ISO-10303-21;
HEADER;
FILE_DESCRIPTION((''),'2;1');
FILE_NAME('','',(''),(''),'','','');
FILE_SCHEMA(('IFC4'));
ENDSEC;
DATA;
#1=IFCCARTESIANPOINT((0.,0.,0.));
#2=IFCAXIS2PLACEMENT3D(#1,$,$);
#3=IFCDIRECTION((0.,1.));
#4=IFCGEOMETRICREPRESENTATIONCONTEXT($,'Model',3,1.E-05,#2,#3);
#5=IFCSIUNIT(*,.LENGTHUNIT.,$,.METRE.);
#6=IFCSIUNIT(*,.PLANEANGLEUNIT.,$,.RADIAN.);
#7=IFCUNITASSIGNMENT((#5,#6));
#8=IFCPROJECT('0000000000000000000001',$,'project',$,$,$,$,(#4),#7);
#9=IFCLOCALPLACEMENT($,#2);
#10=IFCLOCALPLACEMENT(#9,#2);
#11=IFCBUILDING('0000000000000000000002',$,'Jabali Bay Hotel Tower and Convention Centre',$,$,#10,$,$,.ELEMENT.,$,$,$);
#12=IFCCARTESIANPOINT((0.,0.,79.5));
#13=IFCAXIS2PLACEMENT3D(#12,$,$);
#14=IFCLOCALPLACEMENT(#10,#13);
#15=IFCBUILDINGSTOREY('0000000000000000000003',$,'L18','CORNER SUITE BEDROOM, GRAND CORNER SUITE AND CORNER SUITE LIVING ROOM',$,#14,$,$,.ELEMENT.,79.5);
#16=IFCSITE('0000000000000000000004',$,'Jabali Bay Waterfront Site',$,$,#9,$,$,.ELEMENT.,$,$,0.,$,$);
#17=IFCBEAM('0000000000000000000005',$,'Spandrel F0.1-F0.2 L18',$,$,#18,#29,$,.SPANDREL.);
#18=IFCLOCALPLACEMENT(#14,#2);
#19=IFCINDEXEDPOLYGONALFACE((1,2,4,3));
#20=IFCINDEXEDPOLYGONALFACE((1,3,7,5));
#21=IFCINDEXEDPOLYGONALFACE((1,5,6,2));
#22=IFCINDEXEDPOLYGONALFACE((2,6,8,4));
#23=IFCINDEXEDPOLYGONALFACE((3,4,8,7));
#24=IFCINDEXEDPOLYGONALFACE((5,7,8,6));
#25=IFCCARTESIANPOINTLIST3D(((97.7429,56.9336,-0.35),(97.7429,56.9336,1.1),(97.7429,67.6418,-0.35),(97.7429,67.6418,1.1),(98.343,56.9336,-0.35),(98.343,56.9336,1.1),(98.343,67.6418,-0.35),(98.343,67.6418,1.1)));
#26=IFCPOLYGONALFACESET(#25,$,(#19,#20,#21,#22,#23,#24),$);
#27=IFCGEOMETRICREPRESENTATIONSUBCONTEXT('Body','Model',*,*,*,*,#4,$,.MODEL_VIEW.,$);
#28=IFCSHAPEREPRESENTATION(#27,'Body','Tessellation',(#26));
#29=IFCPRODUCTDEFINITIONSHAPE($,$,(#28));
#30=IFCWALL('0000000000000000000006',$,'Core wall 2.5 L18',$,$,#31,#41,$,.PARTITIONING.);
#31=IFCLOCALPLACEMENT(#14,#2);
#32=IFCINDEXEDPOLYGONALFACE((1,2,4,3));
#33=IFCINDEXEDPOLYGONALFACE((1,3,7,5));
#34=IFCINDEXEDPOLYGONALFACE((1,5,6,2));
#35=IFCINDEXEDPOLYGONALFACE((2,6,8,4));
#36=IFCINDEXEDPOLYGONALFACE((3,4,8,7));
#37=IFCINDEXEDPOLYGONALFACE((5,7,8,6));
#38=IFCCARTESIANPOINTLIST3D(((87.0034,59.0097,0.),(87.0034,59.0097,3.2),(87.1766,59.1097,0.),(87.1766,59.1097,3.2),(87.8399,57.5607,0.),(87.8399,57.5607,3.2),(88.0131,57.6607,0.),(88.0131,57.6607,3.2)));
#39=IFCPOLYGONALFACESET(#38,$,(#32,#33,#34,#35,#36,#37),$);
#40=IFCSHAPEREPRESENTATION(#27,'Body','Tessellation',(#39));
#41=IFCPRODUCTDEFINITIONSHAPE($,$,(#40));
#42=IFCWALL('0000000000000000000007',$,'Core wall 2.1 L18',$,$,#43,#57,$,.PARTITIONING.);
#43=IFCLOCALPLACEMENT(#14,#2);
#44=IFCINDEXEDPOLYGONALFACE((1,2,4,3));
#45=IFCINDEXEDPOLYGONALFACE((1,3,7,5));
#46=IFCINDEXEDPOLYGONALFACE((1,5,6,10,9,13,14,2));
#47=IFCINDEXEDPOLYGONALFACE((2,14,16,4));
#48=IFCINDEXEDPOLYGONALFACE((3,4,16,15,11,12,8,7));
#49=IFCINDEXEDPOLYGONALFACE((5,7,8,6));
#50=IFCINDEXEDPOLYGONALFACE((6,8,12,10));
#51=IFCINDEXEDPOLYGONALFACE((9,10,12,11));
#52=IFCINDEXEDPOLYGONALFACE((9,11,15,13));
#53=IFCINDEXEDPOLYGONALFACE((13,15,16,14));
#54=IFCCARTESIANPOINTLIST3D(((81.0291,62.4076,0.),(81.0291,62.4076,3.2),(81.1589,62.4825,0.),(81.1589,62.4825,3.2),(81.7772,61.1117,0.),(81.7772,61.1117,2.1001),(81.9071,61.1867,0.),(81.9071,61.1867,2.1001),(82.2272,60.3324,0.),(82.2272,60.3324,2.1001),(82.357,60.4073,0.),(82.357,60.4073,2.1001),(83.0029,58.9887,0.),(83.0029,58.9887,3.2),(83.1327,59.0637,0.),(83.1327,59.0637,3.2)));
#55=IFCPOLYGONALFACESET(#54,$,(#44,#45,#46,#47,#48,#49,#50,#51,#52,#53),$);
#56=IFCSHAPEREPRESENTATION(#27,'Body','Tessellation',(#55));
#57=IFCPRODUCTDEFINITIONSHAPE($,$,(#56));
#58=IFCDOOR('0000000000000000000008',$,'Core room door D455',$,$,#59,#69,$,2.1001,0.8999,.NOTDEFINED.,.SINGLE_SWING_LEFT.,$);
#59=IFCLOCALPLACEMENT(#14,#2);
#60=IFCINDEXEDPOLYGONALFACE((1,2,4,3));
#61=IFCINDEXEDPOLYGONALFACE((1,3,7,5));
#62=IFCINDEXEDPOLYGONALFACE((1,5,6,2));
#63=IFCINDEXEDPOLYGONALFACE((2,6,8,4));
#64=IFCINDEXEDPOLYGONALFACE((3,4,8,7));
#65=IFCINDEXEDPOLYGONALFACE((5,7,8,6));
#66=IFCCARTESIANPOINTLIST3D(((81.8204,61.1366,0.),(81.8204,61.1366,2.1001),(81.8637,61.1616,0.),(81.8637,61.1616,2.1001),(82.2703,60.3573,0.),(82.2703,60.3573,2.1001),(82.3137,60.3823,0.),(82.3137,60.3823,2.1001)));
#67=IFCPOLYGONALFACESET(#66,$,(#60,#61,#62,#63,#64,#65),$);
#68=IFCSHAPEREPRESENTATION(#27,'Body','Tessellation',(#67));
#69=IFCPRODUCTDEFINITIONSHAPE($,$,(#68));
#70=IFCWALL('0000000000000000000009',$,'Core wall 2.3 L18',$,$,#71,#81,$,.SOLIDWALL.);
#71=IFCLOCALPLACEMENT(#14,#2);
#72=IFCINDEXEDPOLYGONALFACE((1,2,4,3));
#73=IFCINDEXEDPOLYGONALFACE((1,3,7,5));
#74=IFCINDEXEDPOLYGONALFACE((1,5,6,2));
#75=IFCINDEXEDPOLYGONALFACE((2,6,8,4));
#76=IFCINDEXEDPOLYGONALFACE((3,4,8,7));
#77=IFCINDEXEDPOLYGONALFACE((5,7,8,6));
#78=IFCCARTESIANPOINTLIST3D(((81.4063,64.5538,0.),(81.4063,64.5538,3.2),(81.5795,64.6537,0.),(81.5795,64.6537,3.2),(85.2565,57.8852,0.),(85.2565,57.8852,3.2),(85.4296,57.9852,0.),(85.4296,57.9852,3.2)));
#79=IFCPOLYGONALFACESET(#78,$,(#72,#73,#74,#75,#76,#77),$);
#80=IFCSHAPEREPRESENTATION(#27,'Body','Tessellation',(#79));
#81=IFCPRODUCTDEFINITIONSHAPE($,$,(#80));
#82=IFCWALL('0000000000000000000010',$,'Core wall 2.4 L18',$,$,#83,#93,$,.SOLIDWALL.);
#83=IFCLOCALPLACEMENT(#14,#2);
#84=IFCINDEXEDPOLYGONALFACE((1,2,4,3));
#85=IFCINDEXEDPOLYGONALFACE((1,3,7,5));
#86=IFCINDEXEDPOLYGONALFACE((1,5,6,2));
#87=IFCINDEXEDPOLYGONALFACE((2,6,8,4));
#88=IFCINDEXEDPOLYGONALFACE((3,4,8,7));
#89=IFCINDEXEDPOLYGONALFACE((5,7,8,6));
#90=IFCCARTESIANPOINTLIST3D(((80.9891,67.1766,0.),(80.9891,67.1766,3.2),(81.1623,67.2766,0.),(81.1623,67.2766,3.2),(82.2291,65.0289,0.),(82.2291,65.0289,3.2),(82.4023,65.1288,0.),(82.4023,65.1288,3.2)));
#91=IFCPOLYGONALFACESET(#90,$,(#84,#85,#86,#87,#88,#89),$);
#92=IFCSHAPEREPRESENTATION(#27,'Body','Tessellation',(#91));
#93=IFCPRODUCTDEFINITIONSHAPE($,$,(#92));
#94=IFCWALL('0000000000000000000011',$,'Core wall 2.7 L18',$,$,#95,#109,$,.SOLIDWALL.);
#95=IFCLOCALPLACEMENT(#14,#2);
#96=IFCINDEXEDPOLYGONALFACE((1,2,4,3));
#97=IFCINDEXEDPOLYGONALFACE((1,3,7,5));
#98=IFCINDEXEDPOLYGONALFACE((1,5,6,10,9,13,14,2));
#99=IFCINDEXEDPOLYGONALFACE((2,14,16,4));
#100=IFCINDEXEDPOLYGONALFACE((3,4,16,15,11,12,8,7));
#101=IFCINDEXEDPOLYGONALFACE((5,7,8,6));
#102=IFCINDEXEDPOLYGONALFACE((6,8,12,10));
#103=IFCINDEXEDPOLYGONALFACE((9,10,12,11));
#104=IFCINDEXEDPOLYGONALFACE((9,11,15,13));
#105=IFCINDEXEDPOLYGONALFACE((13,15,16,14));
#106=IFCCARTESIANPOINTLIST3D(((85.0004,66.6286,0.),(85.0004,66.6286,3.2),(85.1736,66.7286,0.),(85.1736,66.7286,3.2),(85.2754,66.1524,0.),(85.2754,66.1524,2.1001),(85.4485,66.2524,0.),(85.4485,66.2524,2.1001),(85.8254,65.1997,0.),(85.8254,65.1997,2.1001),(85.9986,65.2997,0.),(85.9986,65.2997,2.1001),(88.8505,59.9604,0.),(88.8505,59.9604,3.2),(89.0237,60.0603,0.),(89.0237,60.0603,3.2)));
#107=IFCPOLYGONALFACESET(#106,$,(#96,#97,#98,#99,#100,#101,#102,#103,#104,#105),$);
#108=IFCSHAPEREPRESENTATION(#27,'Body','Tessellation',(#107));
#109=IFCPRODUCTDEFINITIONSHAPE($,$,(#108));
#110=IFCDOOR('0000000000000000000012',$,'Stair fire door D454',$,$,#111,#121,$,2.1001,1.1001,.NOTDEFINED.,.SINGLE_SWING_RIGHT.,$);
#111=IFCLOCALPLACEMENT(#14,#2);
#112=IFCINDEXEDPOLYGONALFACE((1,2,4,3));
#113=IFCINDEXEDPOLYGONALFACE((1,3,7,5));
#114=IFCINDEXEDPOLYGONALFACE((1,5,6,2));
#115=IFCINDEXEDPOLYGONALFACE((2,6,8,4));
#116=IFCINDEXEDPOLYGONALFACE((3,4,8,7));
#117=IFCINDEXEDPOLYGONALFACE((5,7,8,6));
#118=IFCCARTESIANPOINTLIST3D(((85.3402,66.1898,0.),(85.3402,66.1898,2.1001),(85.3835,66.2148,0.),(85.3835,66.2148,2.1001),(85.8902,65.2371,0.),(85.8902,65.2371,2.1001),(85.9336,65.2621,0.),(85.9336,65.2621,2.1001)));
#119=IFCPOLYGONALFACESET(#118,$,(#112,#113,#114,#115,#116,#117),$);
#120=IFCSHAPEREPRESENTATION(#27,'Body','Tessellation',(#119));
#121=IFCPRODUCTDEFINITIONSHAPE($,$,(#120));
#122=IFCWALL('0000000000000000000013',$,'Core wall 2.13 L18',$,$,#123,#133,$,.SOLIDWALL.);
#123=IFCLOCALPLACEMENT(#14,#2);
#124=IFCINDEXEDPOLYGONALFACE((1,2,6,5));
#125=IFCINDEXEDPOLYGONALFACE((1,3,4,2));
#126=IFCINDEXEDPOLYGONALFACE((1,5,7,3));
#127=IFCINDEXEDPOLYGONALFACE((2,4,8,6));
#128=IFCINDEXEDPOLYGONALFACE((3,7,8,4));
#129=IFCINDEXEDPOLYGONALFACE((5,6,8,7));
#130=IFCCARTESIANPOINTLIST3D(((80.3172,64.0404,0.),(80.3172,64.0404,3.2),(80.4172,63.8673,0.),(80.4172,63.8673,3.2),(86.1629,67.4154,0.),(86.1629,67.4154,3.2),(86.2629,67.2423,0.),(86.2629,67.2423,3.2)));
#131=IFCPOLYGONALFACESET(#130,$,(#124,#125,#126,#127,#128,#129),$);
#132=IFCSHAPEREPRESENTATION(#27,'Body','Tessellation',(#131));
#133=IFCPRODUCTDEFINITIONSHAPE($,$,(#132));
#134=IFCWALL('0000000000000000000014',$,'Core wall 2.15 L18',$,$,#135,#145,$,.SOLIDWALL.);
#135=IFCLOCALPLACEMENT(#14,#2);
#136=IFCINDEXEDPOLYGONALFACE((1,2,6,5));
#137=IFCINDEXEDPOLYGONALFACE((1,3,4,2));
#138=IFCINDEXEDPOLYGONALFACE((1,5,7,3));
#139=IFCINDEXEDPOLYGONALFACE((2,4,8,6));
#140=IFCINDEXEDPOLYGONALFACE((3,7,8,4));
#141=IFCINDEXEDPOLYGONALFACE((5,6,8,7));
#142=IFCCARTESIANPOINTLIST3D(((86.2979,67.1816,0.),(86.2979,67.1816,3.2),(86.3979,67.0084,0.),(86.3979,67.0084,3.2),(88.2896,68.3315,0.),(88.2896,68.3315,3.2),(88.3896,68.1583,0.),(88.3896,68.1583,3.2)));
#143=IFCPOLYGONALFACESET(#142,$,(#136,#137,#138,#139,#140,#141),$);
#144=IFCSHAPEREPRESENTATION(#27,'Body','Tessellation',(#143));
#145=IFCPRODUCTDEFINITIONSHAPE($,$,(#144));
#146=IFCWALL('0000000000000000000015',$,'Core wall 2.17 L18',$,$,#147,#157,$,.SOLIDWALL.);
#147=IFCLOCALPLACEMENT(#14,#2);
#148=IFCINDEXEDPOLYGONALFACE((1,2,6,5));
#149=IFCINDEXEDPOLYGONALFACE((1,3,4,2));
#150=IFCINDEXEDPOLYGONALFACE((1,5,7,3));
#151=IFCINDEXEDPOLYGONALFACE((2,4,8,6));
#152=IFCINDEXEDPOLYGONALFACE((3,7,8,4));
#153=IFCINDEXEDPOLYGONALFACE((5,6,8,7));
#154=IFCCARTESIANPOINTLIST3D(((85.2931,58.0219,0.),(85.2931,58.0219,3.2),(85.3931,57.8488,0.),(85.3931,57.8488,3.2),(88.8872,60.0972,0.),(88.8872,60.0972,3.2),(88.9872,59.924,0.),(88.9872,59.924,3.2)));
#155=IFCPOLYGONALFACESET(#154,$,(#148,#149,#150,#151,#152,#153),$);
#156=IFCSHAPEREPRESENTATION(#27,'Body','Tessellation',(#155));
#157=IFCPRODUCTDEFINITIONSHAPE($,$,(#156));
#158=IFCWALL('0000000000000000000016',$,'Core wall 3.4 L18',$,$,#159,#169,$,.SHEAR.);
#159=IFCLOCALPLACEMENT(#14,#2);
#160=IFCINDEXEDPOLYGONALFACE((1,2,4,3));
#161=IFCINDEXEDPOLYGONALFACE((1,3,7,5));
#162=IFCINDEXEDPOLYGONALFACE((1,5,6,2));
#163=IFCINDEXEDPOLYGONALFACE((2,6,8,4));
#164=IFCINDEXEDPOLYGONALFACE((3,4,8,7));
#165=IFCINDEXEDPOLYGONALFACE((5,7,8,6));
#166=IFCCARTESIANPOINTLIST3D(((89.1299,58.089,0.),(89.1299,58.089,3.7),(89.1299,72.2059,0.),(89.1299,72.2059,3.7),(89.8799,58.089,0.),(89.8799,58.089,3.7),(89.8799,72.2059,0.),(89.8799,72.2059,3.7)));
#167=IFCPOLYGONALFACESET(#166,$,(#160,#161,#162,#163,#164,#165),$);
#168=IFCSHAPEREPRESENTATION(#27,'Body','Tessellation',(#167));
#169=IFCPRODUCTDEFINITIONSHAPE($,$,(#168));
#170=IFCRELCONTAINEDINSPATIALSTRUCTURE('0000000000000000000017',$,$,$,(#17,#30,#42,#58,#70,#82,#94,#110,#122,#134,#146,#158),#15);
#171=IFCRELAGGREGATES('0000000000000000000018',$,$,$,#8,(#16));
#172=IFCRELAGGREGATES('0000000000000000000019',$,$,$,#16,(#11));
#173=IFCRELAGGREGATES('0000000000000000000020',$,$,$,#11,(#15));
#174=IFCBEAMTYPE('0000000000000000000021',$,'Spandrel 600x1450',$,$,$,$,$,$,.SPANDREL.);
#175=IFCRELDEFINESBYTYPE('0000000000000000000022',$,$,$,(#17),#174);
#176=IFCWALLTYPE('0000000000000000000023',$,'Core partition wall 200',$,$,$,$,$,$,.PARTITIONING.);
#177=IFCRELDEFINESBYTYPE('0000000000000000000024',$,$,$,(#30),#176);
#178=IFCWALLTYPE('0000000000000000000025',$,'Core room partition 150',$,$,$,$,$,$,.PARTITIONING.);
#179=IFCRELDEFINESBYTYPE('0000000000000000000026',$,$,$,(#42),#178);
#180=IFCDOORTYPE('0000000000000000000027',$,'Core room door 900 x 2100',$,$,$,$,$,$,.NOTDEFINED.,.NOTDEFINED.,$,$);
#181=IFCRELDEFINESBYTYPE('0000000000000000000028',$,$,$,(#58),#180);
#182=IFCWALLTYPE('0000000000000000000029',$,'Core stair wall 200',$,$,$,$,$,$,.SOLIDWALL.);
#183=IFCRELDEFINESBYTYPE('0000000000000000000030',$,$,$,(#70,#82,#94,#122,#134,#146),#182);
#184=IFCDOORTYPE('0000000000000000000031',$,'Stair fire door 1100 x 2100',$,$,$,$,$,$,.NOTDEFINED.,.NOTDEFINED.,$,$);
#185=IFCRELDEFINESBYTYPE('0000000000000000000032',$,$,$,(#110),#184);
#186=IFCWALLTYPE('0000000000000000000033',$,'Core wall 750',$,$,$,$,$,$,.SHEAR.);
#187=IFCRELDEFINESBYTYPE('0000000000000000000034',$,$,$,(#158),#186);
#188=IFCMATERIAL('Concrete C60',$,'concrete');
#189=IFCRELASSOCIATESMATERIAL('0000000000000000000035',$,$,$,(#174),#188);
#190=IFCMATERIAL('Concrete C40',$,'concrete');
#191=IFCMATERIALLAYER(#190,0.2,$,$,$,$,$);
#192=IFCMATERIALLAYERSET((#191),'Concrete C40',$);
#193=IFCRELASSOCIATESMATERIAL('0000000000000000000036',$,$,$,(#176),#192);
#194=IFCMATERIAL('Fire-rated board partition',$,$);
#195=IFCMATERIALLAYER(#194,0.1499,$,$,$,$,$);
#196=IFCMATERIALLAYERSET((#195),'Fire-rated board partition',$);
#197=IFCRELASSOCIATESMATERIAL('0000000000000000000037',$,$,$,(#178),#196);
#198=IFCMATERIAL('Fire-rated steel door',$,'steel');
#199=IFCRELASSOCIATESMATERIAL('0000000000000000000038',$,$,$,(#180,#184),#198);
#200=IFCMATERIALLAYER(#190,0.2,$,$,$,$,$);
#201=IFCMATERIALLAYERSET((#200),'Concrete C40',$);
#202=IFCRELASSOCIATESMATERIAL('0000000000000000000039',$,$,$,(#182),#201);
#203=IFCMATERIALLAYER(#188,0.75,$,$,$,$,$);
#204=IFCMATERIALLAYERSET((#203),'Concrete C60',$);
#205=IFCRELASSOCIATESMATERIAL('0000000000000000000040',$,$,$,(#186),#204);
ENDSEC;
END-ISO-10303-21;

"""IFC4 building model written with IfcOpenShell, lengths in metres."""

from ifc_helpers import new_model, si_unit, direction, frame, frame_2d, origin, origin_2d, place, context, subcontext, project, spatial, rectangle, extrude, material, layer, layer_set, material_profile, profile_set, type_object, element, fill, save


model = new_model("IFC4")

# Units and contexts
model_context = context("Model", 3, precision=1e-05, world=origin(), true_north=direction((0.0, 1.0)))
body_context = subcontext(model_context, "Body", "Model", "MODEL_VIEW")
ifc_project = project(units=[si_unit("LENGTHUNIT", "METRE"), si_unit("PLANEANGLEUNIT", "RADIAN")], contexts=[model_context])

# Site, building, storey
site_placement = place(None, origin())
site = spatial("IfcSite", under=ifc_project, at=site_placement, Name="Jabali Bay Waterfront Site", CompositionType="ELEMENT", RefElevation=0.0)
building_placement = place(site_placement, origin())
building = spatial("IfcBuilding", under=site, at=building_placement, Name="Jabali Bay Hotel Tower and Convention Centre", CompositionType="ELEMENT")
storey_placement = place(building_placement, frame((0.0, 0.0, 79.5)))
storey = spatial("IfcBuildingStorey", under=building, at=storey_placement, Name="L18", Description="CORNER SUITE BEDROOM, GRAND CORNER SUITE AND CORNER SUITE LIVING ROOM", CompositionType="ELEMENT", Elevation=79.5)

# Beam
ifc_material_1 = material(Name="Concrete C60", Category="concrete")
ifc_material_profile = material_profile(ifc_material_1, rectangle(XDim=0.6001, YDim=1.45, at=origin_2d()), Name="Spandrel 600x1450")
ifc_profile_set = profile_set([ifc_material_profile], Name="Concrete C60")
beam_type = type_object("IfcBeamType", Name="Spandrel 600x1450", PredefinedType="SPANDREL", material=ifc_profile_set)
beam_placement = place(storey_placement, frame((98.043, 56.9336, 0.375), z_axis=(0.0, 1.0, 0.0), x_axis=(-1.0, 0.0, 0.0)))
element("IfcBeam", 1, at=beam_placement, inside=storey, type_object=beam_type, Name="Spandrel F0.1-F0.2 L18", PredefinedType="SPANDREL", context=body_context, shape_type="SweptSolid", body=[
    extrude(rectangle(XDim=0.6001, YDim=1.45, at=origin_2d()), origin(), (0.0, 0.0, 1.0), 10.7083),
])

# Wall
ifc_material_2 = material(Name="Concrete C40", Category="concrete")
ifc_layer_1 = layer(ifc_material_2, 0.2)
ifc_layer_set_1 = layer_set([ifc_layer_1], Name="Concrete C40")
wall_type_1 = type_object("IfcWallType", Name="Core partition wall 200", PredefinedType="PARTITIONING", material=ifc_layer_set_1)
wall_1_placement = place(storey_placement, frame((87.0901, 59.0596, 0.0), z_axis=(0.0, 0.0, 1.0), x_axis=(0.499937, -0.866062, 0.0)))
element("IfcWall", 2, at=wall_1_placement, inside=storey, type_object=wall_type_1, Name="Core wall 2.5 L18", PredefinedType="PARTITIONING", context=body_context, shape_type="SweptSolid", body=[
    extrude(rectangle(XDim=1.6731, YDim=0.2, at=frame_2d((0.8364, 0.0))), origin(), (0.0, 0.0, 1.0), 3.2),
])

# Wall, opening, door
ifc_material_3 = material(Name="Fire-rated board partition")
ifc_layer_2 = layer(ifc_material_3, 0.1499)
ifc_layer_set_2 = layer_set([ifc_layer_2], Name="Fire-rated board partition")
wall_type_2 = type_object("IfcWallType", Name="Core room partition 150", PredefinedType="PARTITIONING", material=ifc_layer_set_2)
wall_2_placement = place(storey_placement, frame((81.094, 62.4451, 0.0), z_axis=(0.0, 0.0, 1.0), x_axis=(0.49999, -0.866031, 0.0)))
wall_2 = element("IfcWall", 3, at=wall_2_placement, inside=storey, type_object=wall_type_2, Name="Core wall 2.1 L18", PredefinedType="PARTITIONING", context=body_context, shape_type="SweptSolid", body=[
    extrude(rectangle(XDim=3.9478, YDim=0.1499, at=frame_2d((1.9739, 0.0))), origin(), (0.0, 0.0, 1.0), 3.2),
])
opening_1_placement = place(wall_2_placement, frame((1.4963, 0.0, 0.0)))
opening_1 = element("IfcOpeningElement", 4, at=opening_1_placement, cuts=wall_2, PredefinedType="OPENING", context=body_context, shape_type="SweptSolid", body=[
    extrude(rectangle(XDim=0.8999, YDim=2.1001, at=frame_2d((0.45, 1.05))), frame((0.0, 0.0854, 0.0), z_axis=(0.0, -1.0, 0.0), x_axis=(1.0, 0.0, 0.0)), (0.0, 0.0, 1.0), 0.1709),
])
ifc_material_4 = material(Name="Fire-rated steel door", Category="steel")
door_type_1 = type_object("IfcDoorType", Name="Core room door 900 x 2100", OperationType="NOTDEFINED", PredefinedType="NOTDEFINED", material=ifc_material_4)
door_1_placement = place(opening_1_placement, origin())
door_1 = element("IfcDoor", 5, at=door_1_placement, inside=storey, type_object=door_type_1, Name="Core room door D455", OperationType="SINGLE_SWING_LEFT", OverallHeight=2.1001, OverallWidth=0.8999, PredefinedType="NOTDEFINED", context=body_context, shape_type="SweptSolid", body=[
    extrude(rectangle(XDim=0.8999, YDim=2.1001, at=frame_2d((0.45, 1.05))), frame((0.0, 0.0249, 0.0), z_axis=(0.0, -1.0, 0.0), x_axis=(1.0, 0.0, 0.0)), (0.0, 0.0, 1.0), 0.05),
])
fill(opening_1, door_1)

# Walls
ifc_layer_3 = layer(ifc_material_2, 0.2)
ifc_layer_set_3 = layer_set([ifc_layer_3], Name="Concrete C40")
wall_type_3 = type_object("IfcWallType", Name="Core stair wall 200", PredefinedType="SOLIDWALL", material=ifc_layer_set_3)
wall_3_placement = place(storey_placement, frame((81.4929, 64.6038, 0.0), z_axis=(0.0, 0.0, 1.0), x_axis=(0.500006, -0.866022, 0.0)))
element("IfcWall", 6, at=wall_3_placement, inside=storey, type_object=wall_type_3, Name="Core wall 2.3 L18", PredefinedType="SOLIDWALL", context=body_context, shape_type="SweptSolid", body=[
    extrude(rectangle(XDim=7.7002, YDim=0.2, at=frame_2d((3.8501, 0.0))), origin(), (0.0, 0.0, 1.0), 3.2),
])
wall_4_placement = place(storey_placement, frame((81.0757, 67.2266, 0.0), z_axis=(0.0, 0.0, 1.0), x_axis=(0.500004, -0.866023, 0.0)))
element("IfcWall", 7, at=wall_4_placement, inside=storey, type_object=wall_type_3, Name="Core wall 2.4 L18", PredefinedType="SOLIDWALL", context=body_context, shape_type="SweptSolid", body=[
    extrude(rectangle(XDim=2.48, YDim=0.2, at=frame_2d((1.24, 0.0))), origin(), (0.0, 0.0, 1.0), 3.2),
])

# Wall, opening, door
wall_5_placement = place(storey_placement, frame((85.0869, 66.6787, 0.0), z_axis=(0.0, 0.0, 1.0), x_axis=(0.50002, -0.866014, 0.0)))
wall_5 = element("IfcWall", 8, at=wall_5_placement, inside=storey, type_object=wall_type_3, Name="Core wall 2.7 L18", PredefinedType="SOLIDWALL", context=body_context, shape_type="SweptSolid", body=[
    extrude(rectangle(XDim=7.7, YDim=0.2, at=frame_2d((3.8501, 0.0))), origin(), (0.0, 0.0, 1.0), 3.2),
])
opening_2_placement = place(wall_5_placement, frame((0.55, 0.0, 0.0)))
opening_2 = element("IfcOpeningElement", 9, at=opening_2_placement, cuts=wall_5, PredefinedType="OPENING", context=body_context, shape_type="SweptSolid", body=[
    extrude(rectangle(XDim=1.1001, YDim=2.1001, at=frame_2d((0.55, 1.05))), frame((0.0, 0.1104, 0.0), z_axis=(0.0, -1.0, 0.0), x_axis=(1.0, 0.0, 0.0)), (0.0, 0.0, 1.0), 0.2209),
])
door_type_2 = type_object("IfcDoorType", Name="Stair fire door 1100 x 2100", OperationType="NOTDEFINED", PredefinedType="NOTDEFINED", material=ifc_material_4)
door_2_placement = place(opening_2_placement, origin())
door_2 = element("IfcDoor", 10, at=door_2_placement, inside=storey, type_object=door_type_2, Name="Stair fire door D454", OperationType="SINGLE_SWING_RIGHT", OverallHeight=2.1001, OverallWidth=1.1001, PredefinedType="NOTDEFINED", context=body_context, shape_type="SweptSolid", body=[
    extrude(rectangle(XDim=1.1001, YDim=2.1001, at=frame_2d((0.55, 1.05))), frame((0.0, 0.0249, 0.0), z_axis=(0.0, -1.0, 0.0), x_axis=(1.0, 0.0, 0.0)), (0.0, 0.0, 1.0), 0.05),
])
fill(opening_2, door_2)

# Walls
wall_6_placement = place(storey_placement, frame((80.3672, 63.9539, 0.0), z_axis=(0.0, 0.0, 1.0), x_axis=(0.866027, 0.499998, 0.0)))
element("IfcWall", 11, at=wall_6_placement, inside=storey, type_object=wall_type_3, Name="Core wall 2.13 L18", PredefinedType="SOLIDWALL", context=body_context, shape_type="SweptSolid", body=[
    extrude(rectangle(XDim=6.75, YDim=0.2, at=frame_2d((3.375, 0.0))), origin(), (0.0, 0.0, 1.0), 3.2),
])
wall_7_placement = place(storey_placement, frame((86.3479, 67.095, 0.0), z_axis=(0.0, 0.0, 1.0), x_axis=(0.866026, 0.499998, 0.0)))
element("IfcWall", 12, at=wall_7_placement, inside=storey, type_object=wall_type_3, Name="Core wall 2.15 L18", PredefinedType="SOLIDWALL", context=body_context, shape_type="SweptSolid", body=[
    extrude(rectangle(XDim=2.2998, YDim=0.2, at=frame_2d((1.1499, 0.0))), origin(), (0.0, 0.0, 1.0), 3.2),
])
wall_8_placement = place(storey_placement, frame((85.343, 57.9353, 0.0), z_axis=(0.0, 0.0, 1.0), x_axis=(0.866004, 0.500036, 0.0)))
element("IfcWall", 13, at=wall_8_placement, inside=storey, type_object=wall_type_3, Name="Core wall 2.17 L18", PredefinedType="SOLIDWALL", context=body_context, shape_type="SweptSolid", body=[
    extrude(rectangle(XDim=4.1501, YDim=0.2, at=frame_2d((2.0752, 0.0))), origin(), (0.0, 0.0, 1.0), 3.2),
])
ifc_layer_4 = layer(ifc_material_1, 0.75)
ifc_layer_set_4 = layer_set([ifc_layer_4], Name="Concrete C60")
wall_type_4 = type_object("IfcWallType", Name="Core wall 750", PredefinedType="SHEAR", material=ifc_layer_set_4)
wall_9_placement = place(storey_placement, frame((89.5049, 58.0889, 0.0), z_axis=(0.0, 0.0, 1.0), x_axis=(0.0, 1.0, 0.0)))
element("IfcWall", 14, at=wall_9_placement, inside=storey, type_object=wall_type_4, Name="Core wall 3.4 L18", PredefinedType="SHEAR", context=body_context, shape_type="SweptSolid", body=[
    extrude(rectangle(XDim=14.1169, YDim=0.75, at=frame_2d((7.0586, 0.0))), origin(), (0.0, 0.0, 1.0), 3.7),
])

save(model, "model.ifc")
